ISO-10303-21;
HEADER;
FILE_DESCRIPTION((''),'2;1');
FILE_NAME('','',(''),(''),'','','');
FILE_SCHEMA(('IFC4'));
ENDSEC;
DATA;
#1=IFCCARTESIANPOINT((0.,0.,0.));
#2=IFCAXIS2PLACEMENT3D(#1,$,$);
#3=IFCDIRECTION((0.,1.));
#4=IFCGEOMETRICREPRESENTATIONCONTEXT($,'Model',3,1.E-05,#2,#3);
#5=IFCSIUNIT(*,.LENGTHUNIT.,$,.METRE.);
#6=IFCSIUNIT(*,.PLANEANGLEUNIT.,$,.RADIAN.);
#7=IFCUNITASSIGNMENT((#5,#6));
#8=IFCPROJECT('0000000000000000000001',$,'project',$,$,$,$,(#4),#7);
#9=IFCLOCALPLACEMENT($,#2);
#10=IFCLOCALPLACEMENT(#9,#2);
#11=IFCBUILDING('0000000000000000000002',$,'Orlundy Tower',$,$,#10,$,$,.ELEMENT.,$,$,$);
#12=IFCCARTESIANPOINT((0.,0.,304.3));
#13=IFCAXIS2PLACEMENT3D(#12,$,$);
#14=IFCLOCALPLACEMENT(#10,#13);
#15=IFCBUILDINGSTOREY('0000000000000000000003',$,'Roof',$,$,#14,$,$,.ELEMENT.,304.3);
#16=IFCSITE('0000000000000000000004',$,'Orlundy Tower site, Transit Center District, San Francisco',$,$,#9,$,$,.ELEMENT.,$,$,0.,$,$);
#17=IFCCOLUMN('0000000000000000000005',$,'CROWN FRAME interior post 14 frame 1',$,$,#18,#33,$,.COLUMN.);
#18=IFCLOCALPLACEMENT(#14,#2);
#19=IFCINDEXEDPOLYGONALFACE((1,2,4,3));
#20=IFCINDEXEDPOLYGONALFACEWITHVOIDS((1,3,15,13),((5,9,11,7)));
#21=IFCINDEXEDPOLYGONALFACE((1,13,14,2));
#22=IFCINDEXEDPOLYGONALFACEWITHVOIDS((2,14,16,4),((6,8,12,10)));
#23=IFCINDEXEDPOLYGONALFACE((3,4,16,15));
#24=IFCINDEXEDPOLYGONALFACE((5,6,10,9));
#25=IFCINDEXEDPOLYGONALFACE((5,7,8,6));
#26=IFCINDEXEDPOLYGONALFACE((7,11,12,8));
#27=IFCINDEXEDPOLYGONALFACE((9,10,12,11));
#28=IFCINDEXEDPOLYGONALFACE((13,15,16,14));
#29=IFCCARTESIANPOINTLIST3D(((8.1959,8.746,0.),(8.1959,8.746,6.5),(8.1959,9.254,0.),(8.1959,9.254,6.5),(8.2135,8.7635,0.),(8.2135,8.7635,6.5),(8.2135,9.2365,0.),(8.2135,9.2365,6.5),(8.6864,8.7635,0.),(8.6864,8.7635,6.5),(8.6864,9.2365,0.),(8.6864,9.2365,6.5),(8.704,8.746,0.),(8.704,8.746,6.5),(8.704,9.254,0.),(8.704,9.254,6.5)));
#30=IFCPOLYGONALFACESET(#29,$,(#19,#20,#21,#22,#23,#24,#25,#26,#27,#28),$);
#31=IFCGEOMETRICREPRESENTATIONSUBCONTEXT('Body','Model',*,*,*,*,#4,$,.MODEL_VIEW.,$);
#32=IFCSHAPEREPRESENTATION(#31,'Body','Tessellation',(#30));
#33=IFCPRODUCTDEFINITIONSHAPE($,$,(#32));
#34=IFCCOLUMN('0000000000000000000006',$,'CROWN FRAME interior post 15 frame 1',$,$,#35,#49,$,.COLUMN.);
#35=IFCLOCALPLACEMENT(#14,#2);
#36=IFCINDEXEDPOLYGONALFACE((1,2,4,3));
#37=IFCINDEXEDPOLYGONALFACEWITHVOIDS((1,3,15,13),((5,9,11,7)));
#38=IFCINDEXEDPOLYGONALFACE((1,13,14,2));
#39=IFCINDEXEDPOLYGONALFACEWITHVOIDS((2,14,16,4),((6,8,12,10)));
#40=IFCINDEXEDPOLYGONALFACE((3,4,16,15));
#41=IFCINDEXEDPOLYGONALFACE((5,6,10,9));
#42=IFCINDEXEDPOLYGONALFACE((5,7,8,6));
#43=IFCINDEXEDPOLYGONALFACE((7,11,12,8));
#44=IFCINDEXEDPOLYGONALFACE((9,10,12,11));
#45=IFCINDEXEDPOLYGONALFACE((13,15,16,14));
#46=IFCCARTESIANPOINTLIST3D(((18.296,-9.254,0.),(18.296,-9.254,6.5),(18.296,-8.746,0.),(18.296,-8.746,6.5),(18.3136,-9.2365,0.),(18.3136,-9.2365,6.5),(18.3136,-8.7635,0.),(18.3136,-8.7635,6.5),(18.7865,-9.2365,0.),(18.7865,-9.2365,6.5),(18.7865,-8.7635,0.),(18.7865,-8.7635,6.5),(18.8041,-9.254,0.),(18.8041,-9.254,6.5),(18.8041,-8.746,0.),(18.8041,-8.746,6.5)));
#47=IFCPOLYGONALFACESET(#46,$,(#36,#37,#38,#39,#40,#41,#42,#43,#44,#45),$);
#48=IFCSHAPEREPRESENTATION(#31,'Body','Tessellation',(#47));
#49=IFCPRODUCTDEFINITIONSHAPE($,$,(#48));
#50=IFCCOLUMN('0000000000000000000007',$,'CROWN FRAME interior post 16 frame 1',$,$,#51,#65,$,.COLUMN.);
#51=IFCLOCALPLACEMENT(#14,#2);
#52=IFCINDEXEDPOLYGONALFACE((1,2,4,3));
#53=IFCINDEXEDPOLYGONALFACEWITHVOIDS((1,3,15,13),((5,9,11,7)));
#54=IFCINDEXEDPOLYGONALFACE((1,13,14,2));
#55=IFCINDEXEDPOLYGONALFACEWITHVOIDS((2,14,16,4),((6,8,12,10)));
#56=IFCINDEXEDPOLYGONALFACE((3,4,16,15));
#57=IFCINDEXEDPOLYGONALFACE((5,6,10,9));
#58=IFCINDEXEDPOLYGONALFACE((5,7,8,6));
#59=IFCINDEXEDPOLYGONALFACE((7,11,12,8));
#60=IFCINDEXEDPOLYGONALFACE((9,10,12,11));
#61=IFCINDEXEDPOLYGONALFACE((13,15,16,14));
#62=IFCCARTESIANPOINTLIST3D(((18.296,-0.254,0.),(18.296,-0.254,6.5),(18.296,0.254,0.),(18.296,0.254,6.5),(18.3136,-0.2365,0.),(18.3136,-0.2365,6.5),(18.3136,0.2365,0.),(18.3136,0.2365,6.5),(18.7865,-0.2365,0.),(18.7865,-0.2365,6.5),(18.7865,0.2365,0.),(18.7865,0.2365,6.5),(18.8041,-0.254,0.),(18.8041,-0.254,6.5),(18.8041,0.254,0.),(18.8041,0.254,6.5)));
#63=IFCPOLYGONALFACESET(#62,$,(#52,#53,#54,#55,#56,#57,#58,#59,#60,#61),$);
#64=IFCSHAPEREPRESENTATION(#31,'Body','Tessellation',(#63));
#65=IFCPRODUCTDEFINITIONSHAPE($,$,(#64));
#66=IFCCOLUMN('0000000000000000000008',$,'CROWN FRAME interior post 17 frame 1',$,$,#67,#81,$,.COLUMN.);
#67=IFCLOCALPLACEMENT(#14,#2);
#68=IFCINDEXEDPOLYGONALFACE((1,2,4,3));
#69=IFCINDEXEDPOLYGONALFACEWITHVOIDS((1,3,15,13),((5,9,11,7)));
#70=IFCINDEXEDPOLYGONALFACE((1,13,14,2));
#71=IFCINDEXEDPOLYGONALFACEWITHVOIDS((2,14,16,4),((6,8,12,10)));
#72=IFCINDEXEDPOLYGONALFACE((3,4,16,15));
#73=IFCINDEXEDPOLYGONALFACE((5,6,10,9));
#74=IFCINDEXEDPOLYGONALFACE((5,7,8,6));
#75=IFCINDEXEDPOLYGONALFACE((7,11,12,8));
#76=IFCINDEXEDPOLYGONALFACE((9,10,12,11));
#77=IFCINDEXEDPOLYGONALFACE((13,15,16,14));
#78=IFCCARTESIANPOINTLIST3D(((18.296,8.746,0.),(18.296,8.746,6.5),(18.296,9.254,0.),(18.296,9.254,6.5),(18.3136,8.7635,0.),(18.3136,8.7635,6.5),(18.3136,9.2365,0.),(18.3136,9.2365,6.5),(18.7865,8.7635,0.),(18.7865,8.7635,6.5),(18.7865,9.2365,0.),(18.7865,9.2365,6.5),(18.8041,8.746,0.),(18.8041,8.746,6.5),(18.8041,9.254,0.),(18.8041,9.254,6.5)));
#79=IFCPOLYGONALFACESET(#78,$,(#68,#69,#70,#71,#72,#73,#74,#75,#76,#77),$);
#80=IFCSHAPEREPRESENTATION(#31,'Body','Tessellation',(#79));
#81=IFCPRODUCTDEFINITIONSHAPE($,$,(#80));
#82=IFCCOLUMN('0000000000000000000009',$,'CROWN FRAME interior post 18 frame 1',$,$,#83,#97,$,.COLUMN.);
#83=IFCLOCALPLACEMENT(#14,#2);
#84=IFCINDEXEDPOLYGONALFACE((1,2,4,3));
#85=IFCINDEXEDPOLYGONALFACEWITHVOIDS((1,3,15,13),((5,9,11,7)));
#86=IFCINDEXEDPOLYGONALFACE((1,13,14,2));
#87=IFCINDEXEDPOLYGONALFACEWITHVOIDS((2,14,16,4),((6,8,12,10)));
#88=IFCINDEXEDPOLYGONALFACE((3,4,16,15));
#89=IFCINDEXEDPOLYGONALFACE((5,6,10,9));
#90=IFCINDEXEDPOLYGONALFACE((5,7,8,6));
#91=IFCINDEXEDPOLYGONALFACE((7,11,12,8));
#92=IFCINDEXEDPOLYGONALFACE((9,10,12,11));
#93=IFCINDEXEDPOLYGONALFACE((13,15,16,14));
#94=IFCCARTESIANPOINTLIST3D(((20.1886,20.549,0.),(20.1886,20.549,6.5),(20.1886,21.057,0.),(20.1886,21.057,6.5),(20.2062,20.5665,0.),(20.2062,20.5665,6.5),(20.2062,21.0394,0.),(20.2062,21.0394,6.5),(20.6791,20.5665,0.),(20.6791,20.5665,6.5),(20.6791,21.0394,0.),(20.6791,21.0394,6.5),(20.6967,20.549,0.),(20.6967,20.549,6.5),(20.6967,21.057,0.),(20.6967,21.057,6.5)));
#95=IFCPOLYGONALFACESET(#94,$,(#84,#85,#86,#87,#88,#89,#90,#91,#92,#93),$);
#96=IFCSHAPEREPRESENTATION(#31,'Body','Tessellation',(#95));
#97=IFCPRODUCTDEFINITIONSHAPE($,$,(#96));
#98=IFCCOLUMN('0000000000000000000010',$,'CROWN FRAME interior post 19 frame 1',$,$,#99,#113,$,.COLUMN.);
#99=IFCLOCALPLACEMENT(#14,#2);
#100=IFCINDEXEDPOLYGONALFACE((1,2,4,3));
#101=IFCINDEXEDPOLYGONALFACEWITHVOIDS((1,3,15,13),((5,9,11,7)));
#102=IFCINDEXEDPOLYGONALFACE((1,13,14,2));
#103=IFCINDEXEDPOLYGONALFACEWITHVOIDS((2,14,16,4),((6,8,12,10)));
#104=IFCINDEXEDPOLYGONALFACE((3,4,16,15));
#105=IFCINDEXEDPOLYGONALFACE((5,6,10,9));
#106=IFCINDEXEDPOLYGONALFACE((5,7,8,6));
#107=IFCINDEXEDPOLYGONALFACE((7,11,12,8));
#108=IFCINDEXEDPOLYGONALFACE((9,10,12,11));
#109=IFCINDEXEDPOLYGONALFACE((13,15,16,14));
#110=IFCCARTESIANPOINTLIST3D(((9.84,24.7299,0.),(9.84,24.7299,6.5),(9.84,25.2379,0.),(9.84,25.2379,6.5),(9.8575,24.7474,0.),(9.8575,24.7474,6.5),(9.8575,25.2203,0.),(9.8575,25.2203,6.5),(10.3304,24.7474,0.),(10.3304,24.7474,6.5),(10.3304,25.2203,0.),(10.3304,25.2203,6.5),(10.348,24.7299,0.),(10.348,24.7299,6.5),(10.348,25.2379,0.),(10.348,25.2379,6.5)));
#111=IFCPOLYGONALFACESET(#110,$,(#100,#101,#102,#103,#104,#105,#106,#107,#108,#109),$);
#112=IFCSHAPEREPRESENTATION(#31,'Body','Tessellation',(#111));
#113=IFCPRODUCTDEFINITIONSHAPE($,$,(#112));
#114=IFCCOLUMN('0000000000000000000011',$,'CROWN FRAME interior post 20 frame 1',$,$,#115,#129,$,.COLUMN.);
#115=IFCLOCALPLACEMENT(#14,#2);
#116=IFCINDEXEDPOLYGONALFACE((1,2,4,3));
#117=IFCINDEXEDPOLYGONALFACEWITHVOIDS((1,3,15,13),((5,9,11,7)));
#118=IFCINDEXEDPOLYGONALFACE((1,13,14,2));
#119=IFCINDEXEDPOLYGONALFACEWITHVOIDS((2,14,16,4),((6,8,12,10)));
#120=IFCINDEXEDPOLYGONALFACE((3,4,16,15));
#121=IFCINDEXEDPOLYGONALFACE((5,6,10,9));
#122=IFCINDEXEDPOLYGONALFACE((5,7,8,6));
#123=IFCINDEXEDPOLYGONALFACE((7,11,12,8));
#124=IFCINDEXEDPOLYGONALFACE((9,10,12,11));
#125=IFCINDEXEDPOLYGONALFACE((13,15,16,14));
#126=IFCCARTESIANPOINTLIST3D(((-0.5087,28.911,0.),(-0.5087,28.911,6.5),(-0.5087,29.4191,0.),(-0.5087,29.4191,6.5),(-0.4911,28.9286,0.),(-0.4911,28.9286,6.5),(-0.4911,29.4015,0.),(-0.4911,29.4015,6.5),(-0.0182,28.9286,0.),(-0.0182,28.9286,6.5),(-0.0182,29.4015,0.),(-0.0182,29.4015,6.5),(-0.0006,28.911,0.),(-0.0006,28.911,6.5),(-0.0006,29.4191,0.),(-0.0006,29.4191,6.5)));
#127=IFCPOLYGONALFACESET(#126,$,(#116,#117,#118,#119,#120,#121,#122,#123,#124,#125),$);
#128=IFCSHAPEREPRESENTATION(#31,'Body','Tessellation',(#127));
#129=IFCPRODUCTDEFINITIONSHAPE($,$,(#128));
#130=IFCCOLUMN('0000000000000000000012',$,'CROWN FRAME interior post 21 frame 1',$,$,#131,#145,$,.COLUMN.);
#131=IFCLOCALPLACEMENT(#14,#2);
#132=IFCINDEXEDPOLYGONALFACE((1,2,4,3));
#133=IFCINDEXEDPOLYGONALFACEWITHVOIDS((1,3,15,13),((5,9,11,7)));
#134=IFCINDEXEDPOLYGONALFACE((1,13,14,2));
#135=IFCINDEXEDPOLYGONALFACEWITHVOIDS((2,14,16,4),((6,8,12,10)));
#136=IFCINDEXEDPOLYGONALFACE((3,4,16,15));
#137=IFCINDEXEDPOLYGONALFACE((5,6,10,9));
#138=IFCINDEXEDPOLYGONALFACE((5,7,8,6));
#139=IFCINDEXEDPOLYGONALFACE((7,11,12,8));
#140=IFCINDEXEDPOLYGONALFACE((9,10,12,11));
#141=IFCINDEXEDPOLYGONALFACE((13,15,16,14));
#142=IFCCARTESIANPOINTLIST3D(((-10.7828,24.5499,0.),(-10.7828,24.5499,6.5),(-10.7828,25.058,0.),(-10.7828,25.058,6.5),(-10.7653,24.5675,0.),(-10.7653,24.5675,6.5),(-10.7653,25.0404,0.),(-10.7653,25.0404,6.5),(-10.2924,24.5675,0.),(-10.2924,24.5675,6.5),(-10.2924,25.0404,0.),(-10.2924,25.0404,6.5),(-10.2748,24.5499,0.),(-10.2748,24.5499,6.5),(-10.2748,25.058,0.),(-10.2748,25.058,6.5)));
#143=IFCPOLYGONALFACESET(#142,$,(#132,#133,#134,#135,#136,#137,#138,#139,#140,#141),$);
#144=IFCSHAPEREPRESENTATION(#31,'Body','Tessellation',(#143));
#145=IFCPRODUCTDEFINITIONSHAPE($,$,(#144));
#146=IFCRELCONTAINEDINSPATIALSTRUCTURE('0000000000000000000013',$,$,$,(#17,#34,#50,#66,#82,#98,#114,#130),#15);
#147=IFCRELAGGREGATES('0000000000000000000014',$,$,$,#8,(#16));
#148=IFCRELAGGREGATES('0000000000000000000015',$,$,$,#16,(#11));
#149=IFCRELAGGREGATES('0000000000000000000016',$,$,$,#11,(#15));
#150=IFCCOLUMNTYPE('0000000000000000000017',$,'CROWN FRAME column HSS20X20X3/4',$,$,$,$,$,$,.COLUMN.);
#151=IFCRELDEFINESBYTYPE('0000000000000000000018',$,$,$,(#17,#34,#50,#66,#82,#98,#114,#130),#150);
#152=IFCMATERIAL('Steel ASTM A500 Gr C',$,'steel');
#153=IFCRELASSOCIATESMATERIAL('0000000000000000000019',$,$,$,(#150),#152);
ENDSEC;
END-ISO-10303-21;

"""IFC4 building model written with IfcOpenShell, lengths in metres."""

from ifc_helpers import new_model, si_unit, direction, frame, origin, origin_2d, place, context, subcontext, project, spatial, hollow_rectangle, extrude, material, material_profile, profile_set, type_object, element, save


model = new_model("IFC4")

# Units and contexts
model_context = context("Model", 3, precision=1e-05, world=origin(), true_north=direction((0.0, 1.0)))
body_context = subcontext(model_context, "Body", "Model", "MODEL_VIEW")
ifc_project = project(units=[si_unit("LENGTHUNIT", "METRE"), si_unit("PLANEANGLEUNIT", "RADIAN")], contexts=[model_context])

# Site, building, storey
site_placement = place(None, origin())
site = spatial("IfcSite", under=ifc_project, at=site_placement, Name="Orlundy Tower site, Transit Center District, San Francisco", CompositionType="ELEMENT", RefElevation=0.0)
building_placement = place(site_placement, origin())
building = spatial("IfcBuilding", under=site, at=building_placement, Name="Orlundy Tower", CompositionType="ELEMENT")
storey_placement = place(building_placement, frame((0.0, 0.0, 304.3)))
storey = spatial("IfcBuildingStorey", under=building, at=storey_placement, Name="Roof", CompositionType="ELEMENT", Elevation=304.3)

# Columns
ifc_material = material(Name="Steel ASTM A500 Gr C", Category="steel")
ifc_material_profile = material_profile(ifc_material, hollow_rectangle(XDim=0.5081, YDim=0.5081, WallThickness=0.0176, at=origin_2d()), Name="HSS20X20X3/4")
ifc_profile_set = profile_set([ifc_material_profile], Name="Steel ASTM A500 Gr C")
column_type = type_object("IfcColumnType", Name="CROWN FRAME column HSS20X20X3/4", PredefinedType="COLUMN", material=ifc_profile_set)
for number, where, z_axis, x_axis, name in (
    (1, (8.45, 9.0, 0.0), (0.0, 0.0, 1.0), (1.0, 0.0, 0.0), "CROWN FRAME interior post 14 frame 1"),
    (2, (18.55, -9.0, 0.0), (0.0, 0.0, 1.0), (1.0, 0.0, 0.0), "CROWN FRAME interior post 15 frame 1"),
    (3, (18.55, 0.0, 0.0), (0.0, 0.0, 1.0), (1.0, 0.0, 0.0), "CROWN FRAME interior post 16 frame 1"),
    (4, (18.55, 9.0, 0.0), (0.0, 0.0, 1.0), (1.0, 0.0, 0.0), "CROWN FRAME interior post 17 frame 1"),
    (5, (20.4426, 20.803, 0.0), (0.0, 0.0, 1.0), (1.0, 0.0, 0.0), "CROWN FRAME interior post 18 frame 1"),
    (6, (10.094, 24.9839, 0.0), (0.0, 0.0, 1.0), (1.0, 0.0, 0.0), "CROWN FRAME interior post 19 frame 1"),
    (7, (-0.2546, 29.165, 0.0), (0.0, 0.0, 1.0), (1.0, 0.0, 0.0), "CROWN FRAME interior post 20 frame 1"),
    (8, (-10.5288, 24.804, 0.0), (0.0, 0.0, 1.0), (1.0, 0.0, 0.0), "CROWN FRAME interior post 21 frame 1"),
):
    element("IfcColumn", number, at=place(storey_placement, frame(where, z_axis=z_axis, x_axis=x_axis)), inside=storey, type_object=column_type, Name=name, PredefinedType="COLUMN", context=body_context, shape_type="SweptSolid", body=[
        extrude(hollow_rectangle(XDim=0.5081, YDim=0.5081, WallThickness=0.0176, at=origin_2d()), origin(), (0.0, 0.0, 1.0), 6.5),
    ])

save(model, "model.ifc")
